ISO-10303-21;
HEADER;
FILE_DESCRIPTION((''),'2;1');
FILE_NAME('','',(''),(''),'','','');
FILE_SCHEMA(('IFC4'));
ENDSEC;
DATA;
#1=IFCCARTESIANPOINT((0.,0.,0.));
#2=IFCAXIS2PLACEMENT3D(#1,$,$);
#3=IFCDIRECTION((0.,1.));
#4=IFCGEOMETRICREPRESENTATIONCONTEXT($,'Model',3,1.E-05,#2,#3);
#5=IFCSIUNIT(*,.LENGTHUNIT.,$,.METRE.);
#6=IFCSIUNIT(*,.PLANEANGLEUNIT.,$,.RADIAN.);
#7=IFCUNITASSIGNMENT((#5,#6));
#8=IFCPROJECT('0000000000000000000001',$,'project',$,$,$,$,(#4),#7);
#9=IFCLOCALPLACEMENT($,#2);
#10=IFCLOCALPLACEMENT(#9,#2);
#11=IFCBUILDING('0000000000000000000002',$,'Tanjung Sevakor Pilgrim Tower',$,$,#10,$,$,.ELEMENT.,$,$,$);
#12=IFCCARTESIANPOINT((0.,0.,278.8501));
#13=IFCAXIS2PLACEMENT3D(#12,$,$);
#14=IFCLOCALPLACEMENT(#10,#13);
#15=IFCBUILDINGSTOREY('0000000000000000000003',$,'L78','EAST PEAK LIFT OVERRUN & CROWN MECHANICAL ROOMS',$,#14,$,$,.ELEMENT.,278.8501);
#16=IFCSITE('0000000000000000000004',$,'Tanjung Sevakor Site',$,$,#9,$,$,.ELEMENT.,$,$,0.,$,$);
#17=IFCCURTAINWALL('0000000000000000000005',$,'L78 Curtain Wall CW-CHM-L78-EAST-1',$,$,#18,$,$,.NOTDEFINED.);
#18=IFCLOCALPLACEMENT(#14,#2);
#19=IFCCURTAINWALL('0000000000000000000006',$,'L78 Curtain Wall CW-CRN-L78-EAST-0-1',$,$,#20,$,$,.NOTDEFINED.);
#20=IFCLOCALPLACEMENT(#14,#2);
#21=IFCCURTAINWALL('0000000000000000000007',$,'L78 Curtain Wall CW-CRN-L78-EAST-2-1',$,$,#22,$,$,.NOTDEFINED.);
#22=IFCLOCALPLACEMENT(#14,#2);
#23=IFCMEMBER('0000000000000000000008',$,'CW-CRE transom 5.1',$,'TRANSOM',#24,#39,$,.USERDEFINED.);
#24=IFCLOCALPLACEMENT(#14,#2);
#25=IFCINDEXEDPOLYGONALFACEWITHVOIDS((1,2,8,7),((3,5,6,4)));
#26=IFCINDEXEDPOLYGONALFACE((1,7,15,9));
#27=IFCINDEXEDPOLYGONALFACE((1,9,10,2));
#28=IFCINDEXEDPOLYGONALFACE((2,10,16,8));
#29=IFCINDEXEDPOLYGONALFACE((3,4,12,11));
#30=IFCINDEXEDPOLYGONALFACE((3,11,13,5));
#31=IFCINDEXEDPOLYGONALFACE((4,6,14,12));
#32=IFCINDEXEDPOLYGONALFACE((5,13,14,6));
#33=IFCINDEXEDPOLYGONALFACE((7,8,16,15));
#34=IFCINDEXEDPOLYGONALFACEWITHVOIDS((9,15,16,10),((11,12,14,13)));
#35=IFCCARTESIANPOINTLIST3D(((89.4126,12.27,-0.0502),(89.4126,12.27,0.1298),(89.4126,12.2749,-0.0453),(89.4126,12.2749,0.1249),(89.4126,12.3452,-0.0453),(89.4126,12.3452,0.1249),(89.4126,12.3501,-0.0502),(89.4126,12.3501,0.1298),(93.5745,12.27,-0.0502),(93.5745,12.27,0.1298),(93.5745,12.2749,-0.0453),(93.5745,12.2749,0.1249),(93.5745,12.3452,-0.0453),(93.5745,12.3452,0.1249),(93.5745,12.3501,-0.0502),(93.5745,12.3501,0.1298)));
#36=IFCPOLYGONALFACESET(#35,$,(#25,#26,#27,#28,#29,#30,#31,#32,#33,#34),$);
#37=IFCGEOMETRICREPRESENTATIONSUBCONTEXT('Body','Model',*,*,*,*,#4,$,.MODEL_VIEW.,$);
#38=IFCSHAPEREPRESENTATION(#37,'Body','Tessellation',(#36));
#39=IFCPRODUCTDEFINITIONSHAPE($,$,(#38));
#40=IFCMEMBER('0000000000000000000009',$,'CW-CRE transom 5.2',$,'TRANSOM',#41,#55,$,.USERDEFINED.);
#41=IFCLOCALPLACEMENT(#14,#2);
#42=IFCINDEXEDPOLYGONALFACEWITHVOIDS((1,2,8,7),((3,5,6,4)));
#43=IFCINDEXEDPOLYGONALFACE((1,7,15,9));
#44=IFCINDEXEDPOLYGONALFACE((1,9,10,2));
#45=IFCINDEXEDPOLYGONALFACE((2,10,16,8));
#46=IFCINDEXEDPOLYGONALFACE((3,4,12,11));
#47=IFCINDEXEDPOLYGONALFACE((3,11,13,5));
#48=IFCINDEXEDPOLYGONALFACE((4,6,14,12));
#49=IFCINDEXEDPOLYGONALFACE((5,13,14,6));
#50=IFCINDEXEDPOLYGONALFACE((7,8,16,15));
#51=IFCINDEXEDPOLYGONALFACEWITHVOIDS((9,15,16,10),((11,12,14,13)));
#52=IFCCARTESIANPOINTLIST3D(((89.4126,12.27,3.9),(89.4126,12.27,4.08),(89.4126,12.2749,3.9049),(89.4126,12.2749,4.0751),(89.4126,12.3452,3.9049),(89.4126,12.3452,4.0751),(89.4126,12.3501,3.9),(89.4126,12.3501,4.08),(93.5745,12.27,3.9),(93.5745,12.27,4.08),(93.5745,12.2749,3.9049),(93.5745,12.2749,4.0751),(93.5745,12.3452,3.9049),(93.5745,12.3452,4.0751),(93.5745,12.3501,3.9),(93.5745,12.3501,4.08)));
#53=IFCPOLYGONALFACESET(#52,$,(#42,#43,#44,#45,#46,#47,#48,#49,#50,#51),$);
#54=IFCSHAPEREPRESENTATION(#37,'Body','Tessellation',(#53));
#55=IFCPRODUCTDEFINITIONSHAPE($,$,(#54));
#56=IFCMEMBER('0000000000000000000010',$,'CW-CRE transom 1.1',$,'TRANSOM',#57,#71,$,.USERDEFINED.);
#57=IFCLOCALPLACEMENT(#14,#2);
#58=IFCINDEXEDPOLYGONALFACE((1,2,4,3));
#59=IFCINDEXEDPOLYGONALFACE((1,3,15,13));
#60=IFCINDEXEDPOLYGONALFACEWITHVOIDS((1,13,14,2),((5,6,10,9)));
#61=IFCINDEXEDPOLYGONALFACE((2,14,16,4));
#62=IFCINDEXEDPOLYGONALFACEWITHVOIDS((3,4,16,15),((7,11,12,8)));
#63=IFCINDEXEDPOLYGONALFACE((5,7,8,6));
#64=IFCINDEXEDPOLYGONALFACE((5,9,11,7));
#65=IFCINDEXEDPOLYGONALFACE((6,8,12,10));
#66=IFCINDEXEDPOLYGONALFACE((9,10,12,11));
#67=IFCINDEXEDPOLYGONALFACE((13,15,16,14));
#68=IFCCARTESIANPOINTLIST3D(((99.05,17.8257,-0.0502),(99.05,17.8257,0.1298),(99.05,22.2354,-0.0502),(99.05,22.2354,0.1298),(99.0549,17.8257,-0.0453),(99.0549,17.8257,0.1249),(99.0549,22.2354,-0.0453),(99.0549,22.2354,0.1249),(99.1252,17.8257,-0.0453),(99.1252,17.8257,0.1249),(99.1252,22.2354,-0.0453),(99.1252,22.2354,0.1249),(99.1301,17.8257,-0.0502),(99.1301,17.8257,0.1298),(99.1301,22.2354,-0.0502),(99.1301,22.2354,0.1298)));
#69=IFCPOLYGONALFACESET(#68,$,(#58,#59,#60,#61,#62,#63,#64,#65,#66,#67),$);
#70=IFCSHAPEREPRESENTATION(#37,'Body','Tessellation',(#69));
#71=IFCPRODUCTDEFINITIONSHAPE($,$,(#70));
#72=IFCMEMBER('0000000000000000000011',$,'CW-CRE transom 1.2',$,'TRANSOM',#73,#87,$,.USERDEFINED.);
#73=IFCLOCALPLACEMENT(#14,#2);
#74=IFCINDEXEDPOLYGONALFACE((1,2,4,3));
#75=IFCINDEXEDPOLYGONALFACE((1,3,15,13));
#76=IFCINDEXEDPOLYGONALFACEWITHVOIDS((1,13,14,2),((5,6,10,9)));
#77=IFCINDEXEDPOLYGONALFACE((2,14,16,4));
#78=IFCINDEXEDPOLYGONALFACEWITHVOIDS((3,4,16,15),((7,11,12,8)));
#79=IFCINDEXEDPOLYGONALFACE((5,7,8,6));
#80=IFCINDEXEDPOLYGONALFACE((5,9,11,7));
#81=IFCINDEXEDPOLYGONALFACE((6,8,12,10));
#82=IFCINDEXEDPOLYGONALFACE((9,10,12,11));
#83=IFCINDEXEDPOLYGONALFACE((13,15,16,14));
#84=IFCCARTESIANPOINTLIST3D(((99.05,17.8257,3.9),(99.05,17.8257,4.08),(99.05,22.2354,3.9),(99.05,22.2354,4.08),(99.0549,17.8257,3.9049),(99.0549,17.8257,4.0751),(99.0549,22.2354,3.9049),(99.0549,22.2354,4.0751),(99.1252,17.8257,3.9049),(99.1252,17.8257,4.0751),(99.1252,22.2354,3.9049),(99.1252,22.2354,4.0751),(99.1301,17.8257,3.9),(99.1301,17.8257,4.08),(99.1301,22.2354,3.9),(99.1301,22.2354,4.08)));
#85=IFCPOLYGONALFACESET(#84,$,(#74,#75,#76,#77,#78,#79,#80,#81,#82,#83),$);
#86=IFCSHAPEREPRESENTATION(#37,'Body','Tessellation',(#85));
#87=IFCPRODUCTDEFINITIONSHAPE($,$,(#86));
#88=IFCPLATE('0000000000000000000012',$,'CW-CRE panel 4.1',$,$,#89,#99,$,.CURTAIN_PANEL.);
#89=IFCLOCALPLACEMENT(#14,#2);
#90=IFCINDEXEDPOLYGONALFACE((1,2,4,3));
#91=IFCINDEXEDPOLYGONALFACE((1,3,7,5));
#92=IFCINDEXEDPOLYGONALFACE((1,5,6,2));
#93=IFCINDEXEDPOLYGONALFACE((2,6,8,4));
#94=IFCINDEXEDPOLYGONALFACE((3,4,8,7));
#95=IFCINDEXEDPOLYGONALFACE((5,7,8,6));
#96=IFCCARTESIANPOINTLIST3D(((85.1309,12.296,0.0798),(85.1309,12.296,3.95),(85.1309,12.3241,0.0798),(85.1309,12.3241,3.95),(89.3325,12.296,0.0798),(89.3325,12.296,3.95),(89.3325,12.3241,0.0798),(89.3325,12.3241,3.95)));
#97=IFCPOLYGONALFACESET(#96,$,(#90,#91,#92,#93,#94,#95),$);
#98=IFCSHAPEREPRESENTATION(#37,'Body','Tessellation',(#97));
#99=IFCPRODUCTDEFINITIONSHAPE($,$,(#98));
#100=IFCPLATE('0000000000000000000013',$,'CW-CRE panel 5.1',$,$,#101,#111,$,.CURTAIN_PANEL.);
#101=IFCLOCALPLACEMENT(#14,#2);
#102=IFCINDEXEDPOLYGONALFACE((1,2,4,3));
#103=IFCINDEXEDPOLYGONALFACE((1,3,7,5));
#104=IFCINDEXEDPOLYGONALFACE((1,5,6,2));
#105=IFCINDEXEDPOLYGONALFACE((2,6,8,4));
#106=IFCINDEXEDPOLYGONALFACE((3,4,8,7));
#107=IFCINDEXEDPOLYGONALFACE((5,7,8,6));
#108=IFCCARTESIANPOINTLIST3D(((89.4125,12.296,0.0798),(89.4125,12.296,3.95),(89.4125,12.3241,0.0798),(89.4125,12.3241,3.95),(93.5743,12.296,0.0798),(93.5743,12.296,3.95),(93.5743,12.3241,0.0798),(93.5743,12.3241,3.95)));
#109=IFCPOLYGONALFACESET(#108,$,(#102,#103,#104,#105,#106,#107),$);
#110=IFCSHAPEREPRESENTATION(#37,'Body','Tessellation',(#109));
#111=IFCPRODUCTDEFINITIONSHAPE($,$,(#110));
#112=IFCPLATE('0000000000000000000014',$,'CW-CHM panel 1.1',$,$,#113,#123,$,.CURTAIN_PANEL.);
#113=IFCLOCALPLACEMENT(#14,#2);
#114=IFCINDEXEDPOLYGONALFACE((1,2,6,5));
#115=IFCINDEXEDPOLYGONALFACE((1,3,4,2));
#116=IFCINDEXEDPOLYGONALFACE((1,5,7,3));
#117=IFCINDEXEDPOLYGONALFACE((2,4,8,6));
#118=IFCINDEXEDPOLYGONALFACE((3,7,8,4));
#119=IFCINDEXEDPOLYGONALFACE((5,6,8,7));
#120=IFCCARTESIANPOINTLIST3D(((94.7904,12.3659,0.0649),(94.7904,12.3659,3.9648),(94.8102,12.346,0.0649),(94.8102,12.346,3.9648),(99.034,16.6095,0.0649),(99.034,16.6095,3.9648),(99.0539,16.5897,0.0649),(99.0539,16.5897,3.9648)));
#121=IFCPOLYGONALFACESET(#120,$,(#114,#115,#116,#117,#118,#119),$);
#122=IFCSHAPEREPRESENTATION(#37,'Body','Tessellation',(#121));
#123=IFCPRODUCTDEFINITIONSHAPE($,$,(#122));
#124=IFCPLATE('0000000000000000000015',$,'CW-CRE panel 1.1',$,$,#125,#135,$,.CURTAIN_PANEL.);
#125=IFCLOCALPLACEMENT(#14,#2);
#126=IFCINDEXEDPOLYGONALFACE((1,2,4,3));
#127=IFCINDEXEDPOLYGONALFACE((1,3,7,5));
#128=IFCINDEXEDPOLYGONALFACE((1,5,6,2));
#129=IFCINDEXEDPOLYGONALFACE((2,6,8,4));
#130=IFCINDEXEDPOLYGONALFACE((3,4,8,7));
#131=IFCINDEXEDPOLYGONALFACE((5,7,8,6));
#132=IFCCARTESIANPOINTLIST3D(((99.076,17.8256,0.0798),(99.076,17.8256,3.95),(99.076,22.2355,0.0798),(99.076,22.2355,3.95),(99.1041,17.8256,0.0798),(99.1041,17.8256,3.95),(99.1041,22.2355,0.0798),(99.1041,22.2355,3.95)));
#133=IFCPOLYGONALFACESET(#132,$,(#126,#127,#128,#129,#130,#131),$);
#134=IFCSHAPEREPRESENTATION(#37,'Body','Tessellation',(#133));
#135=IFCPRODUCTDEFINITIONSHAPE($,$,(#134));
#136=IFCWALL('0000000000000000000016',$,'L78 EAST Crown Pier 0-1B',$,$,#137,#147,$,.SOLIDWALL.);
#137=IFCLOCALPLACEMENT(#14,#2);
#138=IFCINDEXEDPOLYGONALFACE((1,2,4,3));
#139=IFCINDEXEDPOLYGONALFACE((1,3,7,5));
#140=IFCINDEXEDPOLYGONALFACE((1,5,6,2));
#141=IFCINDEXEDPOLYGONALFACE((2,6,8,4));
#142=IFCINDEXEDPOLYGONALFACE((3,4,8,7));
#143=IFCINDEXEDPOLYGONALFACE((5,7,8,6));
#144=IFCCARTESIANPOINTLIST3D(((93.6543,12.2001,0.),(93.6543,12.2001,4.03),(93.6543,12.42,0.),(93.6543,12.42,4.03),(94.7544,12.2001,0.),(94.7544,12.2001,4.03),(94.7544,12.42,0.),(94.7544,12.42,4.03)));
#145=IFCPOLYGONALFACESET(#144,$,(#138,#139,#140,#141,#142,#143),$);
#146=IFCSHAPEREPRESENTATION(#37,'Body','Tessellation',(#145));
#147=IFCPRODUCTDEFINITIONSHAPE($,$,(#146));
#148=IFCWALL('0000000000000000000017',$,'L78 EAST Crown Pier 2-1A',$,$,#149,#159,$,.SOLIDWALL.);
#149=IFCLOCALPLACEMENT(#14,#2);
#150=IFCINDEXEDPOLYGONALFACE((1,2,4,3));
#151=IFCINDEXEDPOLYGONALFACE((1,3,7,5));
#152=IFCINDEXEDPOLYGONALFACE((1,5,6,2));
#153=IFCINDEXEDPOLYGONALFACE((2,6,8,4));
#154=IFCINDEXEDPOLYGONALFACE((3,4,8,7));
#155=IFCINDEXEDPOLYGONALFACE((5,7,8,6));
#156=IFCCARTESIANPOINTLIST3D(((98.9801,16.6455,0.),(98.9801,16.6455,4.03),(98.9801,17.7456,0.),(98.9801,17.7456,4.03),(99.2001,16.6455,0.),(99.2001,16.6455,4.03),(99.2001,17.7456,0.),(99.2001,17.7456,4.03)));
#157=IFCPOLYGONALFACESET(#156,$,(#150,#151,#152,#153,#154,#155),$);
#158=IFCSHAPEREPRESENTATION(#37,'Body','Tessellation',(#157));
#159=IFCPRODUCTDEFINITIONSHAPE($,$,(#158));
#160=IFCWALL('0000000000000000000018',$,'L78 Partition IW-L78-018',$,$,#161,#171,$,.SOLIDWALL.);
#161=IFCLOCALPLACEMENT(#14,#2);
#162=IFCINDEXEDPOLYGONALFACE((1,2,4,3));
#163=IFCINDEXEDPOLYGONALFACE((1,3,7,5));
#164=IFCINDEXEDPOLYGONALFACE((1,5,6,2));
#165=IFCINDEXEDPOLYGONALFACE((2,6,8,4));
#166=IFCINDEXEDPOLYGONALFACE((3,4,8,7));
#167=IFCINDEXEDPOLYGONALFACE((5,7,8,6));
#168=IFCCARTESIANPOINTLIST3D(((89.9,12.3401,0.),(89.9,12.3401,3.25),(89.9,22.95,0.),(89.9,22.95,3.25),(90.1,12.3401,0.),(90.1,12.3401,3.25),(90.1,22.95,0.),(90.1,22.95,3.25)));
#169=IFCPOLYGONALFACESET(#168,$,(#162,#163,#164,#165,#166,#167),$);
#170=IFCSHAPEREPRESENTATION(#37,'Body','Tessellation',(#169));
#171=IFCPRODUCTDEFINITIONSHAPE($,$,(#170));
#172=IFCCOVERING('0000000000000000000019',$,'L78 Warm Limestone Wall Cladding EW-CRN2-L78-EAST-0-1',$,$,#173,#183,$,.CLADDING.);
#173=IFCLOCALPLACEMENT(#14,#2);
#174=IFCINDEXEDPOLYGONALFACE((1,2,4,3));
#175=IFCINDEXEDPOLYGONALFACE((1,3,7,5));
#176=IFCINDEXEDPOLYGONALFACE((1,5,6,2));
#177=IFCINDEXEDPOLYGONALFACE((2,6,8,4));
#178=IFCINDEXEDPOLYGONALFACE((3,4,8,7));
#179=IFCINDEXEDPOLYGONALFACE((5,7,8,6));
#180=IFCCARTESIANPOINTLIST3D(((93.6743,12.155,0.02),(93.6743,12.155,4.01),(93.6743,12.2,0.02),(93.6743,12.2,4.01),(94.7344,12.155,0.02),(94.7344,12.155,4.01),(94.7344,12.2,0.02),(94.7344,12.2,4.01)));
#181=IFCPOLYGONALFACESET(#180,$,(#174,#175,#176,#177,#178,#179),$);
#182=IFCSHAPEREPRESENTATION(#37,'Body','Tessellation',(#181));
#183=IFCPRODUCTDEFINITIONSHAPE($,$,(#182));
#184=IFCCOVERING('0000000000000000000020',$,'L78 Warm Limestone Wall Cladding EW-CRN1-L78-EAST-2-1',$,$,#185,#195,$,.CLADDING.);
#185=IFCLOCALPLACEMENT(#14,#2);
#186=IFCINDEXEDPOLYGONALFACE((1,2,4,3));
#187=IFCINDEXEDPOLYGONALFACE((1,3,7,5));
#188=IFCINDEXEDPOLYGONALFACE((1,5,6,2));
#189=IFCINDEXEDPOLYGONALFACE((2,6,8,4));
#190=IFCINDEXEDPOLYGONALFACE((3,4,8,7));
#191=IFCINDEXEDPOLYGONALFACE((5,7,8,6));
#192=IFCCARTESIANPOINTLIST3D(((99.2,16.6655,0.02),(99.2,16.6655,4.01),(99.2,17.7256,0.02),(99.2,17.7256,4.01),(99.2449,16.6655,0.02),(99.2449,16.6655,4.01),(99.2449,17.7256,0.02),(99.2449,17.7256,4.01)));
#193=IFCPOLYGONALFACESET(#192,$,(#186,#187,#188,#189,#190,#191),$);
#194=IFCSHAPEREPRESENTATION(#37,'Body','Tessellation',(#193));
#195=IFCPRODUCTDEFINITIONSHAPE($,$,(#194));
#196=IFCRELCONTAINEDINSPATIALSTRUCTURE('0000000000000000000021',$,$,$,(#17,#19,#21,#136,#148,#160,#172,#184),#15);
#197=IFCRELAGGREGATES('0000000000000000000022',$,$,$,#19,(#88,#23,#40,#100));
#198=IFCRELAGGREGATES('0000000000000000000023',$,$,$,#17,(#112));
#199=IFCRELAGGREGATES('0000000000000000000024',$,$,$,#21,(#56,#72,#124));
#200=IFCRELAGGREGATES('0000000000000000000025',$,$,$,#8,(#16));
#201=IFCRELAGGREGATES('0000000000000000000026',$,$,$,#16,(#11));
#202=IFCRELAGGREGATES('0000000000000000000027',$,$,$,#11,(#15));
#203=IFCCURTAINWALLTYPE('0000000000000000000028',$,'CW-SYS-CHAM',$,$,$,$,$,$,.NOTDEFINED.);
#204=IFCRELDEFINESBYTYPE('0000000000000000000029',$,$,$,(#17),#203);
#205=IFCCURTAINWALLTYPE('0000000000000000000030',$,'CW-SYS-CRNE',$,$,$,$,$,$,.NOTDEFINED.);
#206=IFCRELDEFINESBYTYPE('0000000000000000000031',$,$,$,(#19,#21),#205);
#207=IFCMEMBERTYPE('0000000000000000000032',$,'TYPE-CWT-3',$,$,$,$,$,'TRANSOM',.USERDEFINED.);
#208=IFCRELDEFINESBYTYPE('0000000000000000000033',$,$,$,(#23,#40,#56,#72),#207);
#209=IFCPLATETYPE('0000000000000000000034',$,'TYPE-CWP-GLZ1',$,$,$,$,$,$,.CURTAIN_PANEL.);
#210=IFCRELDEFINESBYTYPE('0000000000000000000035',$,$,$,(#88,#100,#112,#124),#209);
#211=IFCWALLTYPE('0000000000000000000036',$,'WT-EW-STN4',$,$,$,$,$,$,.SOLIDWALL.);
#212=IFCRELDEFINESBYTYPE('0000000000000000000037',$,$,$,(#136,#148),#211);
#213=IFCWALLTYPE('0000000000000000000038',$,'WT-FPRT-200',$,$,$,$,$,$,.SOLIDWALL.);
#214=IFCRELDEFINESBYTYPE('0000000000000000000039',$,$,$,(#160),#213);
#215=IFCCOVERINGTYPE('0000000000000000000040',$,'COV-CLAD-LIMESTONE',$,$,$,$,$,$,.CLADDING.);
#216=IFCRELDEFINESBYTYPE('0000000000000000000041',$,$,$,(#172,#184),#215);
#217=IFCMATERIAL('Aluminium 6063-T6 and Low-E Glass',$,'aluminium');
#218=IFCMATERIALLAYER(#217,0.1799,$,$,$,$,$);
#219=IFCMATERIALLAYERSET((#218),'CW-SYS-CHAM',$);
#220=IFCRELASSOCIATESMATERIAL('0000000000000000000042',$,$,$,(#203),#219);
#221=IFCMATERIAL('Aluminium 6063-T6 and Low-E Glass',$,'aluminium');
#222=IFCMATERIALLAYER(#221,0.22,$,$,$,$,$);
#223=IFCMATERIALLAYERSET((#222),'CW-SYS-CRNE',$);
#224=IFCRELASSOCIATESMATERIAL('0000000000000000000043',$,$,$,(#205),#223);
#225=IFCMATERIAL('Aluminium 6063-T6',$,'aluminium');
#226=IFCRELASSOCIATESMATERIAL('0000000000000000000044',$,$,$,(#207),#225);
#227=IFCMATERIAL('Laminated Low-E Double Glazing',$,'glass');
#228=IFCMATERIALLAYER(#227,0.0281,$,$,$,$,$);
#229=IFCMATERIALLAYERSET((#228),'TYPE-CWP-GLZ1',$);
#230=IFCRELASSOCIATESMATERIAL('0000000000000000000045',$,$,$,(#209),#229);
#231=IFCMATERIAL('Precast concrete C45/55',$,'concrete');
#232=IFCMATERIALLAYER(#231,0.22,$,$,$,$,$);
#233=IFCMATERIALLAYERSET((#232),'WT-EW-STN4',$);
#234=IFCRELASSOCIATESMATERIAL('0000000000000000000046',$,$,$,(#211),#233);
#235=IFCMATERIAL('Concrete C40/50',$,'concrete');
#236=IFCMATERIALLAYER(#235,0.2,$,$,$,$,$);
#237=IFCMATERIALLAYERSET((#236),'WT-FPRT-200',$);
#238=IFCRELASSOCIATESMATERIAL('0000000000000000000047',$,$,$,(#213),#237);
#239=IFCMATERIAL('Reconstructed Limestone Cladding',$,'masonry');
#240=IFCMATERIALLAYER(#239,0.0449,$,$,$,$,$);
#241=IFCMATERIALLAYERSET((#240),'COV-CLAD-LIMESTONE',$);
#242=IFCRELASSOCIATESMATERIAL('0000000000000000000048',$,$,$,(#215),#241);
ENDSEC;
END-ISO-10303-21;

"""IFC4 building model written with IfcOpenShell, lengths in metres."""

from ifc_helpers import new_model, si_unit, direction, frame, frame_2d, origin, origin_2d, place, context, subcontext, project, spatial, rectangle, hollow_rectangle, extrude, material, layer, layer_set, material_profile, profile_set, type_object, element, aggregate, save


model = new_model("IFC4")

# Units and contexts
model_context = context("Model", 3, precision=1e-05, world=origin(), true_north=direction((0.0, 1.0)))
body_context = subcontext(model_context, "Body", "Model", "MODEL_VIEW")
ifc_project = project(units=[si_unit("LENGTHUNIT", "METRE"), si_unit("PLANEANGLEUNIT", "RADIAN")], contexts=[model_context])

# Site, building, storey
site_placement = place(None, origin())
site = spatial("IfcSite", under=ifc_project, at=site_placement, Name="Tanjung Sevakor Site", CompositionType="ELEMENT", RefElevation=0.0)
building_placement = place(site_placement, origin())
building = spatial("IfcBuilding", under=site, at=building_placement, Name="Tanjung Sevakor Pilgrim Tower", CompositionType="ELEMENT")
storey_placement = place(building_placement, frame((0.0, 0.0, 278.8501)))
storey = spatial("IfcBuildingStorey", under=building, at=storey_placement, Name="L78", Description="EAST PEAK LIFT OVERRUN & CROWN MECHANICAL ROOMS", CompositionType="ELEMENT", Elevation=278.8501)

# Curtain walls
ifc_material_1 = material(Name="Aluminium 6063-T6 and Low-E Glass", Category="aluminium")
ifc_layer_1 = layer(ifc_material_1, 0.1799)
ifc_layer_set_1 = layer_set([ifc_layer_1], Name="CW-SYS-CHAM")
curtain_wall_type_1 = type_object("IfcCurtainWallType", Name="CW-SYS-CHAM", PredefinedType="NOTDEFINED", material=ifc_layer_set_1)
curtain_wall_1_placement = place(storey_placement, origin())
curtain_wall_1 = element("IfcCurtainWall", 1, at=curtain_wall_1_placement, inside=storey, type_object=curtain_wall_type_1, Name="L78 Curtain Wall CW-CHM-L78-EAST-1", PredefinedType="NOTDEFINED")
ifc_material_2 = material(Name="Aluminium 6063-T6 and Low-E Glass", Category="aluminium")
ifc_layer_2 = layer(ifc_material_2, 0.22)
ifc_layer_set_2 = layer_set([ifc_layer_2], Name="CW-SYS-CRNE")
curtain_wall_type_2 = type_object("IfcCurtainWallType", Name="CW-SYS-CRNE", PredefinedType="NOTDEFINED", material=ifc_layer_set_2)
curtain_wall_2_placement = place(storey_placement, origin())
curtain_wall_2 = element("IfcCurtainWall", 2, at=curtain_wall_2_placement, inside=storey, type_object=curtain_wall_type_2, Name="L78 Curtain Wall CW-CRN-L78-EAST-0-1", PredefinedType="NOTDEFINED")

# Curtain wall
curtain_wall_3_placement = place(storey_placement, origin())
curtain_wall_3 = element("IfcCurtainWall", 3, at=curtain_wall_3_placement, inside=storey, type_object=curtain_wall_type_2, Name="L78 Curtain Wall CW-CRN-L78-EAST-2-1", PredefinedType="NOTDEFINED")

# Members
ifc_material_3 = material(Name="Aluminium 6063-T6", Category="aluminium")
ifc_material_profile_1 = material_profile(ifc_material_3, hollow_rectangle(XDim=0.0801, YDim=0.1799, WallThickness=0.0049, at=origin_2d()))
ifc_profile_set_1 = profile_set([ifc_material_profile_1], Name="Aluminium 6063-T6")
member_type_1 = type_object("IfcMemberType", Name="TYPE-CWT-3", ElementType="TRANSOM", PredefinedType="USERDEFINED", material=ifc_profile_set_1)
member_1_placement = place(storey_placement, frame((89.4126, 12.3101, 0.0398), z_axis=(1.0, 0.0, 0.0), x_axis=(0.0, 1.0, 0.0)))
member_1 = element("IfcMember", 4, at=member_1_placement, type_object=member_type_1, Name="CW-CRE transom 5.1", ObjectType="TRANSOM", PredefinedType="USERDEFINED", context=body_context, shape_type="SweptSolid", body=[
    extrude(hollow_rectangle(XDim=0.0801, YDim=0.1799, WallThickness=0.0049, at=origin_2d()), origin(), (0.0, 0.0, 1.0), 4.1619),
])
member_2_placement = place(storey_placement, frame((89.4126, 12.3101, 3.99), z_axis=(1.0, 0.0, 0.0), x_axis=(0.0, 1.0, 0.0)))
member_2 = element("IfcMember", 5, at=member_2_placement, type_object=member_type_1, Name="CW-CRE transom 5.2", ObjectType="TRANSOM", PredefinedType="USERDEFINED", context=body_context, shape_type="SweptSolid", body=[
    extrude(hollow_rectangle(XDim=0.0801, YDim=0.1799, WallThickness=0.0049, at=origin_2d()), origin(), (0.0, 0.0, 1.0), 4.1619),
])
member_3_placement = place(storey_placement, frame((99.0901, 17.8257, 0.0398), z_axis=(0.0, 1.0, 0.0), x_axis=(-1.0, 0.0, 0.0)))
member_3 = element("IfcMember", 6, at=member_3_placement, type_object=member_type_1, Name="CW-CRE transom 1.1", ObjectType="TRANSOM", PredefinedType="USERDEFINED", context=body_context, shape_type="SweptSolid", body=[
    extrude(hollow_rectangle(XDim=0.0801, YDim=0.1799, WallThickness=0.0049, at=origin_2d()), origin(), (0.0, 0.0, 1.0), 4.4097),
])
member_4_placement = place(storey_placement, frame((99.0901, 17.8257, 3.99), z_axis=(0.0, 1.0, 0.0), x_axis=(-1.0, 0.0, 0.0)))
member_4 = element("IfcMember", 7, at=member_4_placement, type_object=member_type_1, Name="CW-CRE transom 1.2", ObjectType="TRANSOM", PredefinedType="USERDEFINED", context=body_context, shape_type="SweptSolid", body=[
    extrude(hollow_rectangle(XDim=0.0801, YDim=0.1799, WallThickness=0.0049, at=origin_2d()), origin(), (0.0, 0.0, 1.0), 4.4097),
])

# Plates
ifc_material_4 = material(Name="Laminated Low-E Double Glazing", Category="glass")
ifc_layer_3 = layer(ifc_material_4, 0.0281)
ifc_layer_set_3 = layer_set([ifc_layer_3], Name="TYPE-CWP-GLZ1")
plate_type = type_object("IfcPlateType", Name="TYPE-CWP-GLZ1", PredefinedType="CURTAIN_PANEL", material=ifc_layer_set_3)
plate_1_placement = place(storey_placement, frame((87.2317, 12.3101, 0.0798), z_axis=(0.0, 0.0, 1.0), x_axis=(1.0, 0.0, 0.0)))
plate_1 = element("IfcPlate", 8, at=plate_1_placement, type_object=plate_type, Name="CW-CRE panel 4.1", PredefinedType="CURTAIN_PANEL", context=body_context, shape_type="SweptSolid", body=[
    extrude(rectangle(XDim=4.2017, YDim=0.0281, at=origin_2d()), origin(), (0.0, 0.0, 1.0), 3.8701),
])
plate_2_placement = place(storey_placement, frame((91.4934, 12.3101, 0.0798), z_axis=(0.0, 0.0, 1.0), x_axis=(1.0, 0.0, 0.0)))
plate_2 = element("IfcPlate", 9, at=plate_2_placement, type_object=plate_type, Name="CW-CRE panel 5.1", PredefinedType="CURTAIN_PANEL", context=body_context, shape_type="SweptSolid", body=[
    extrude(rectangle(XDim=4.1619, YDim=0.0281, at=origin_2d()), origin(), (0.0, 0.0, 1.0), 3.8701),
])
aggregate(curtain_wall_2, [plate_1, member_1, member_2, plate_2])
plate_3_placement = place(storey_placement, frame((96.9221, 14.4778, 0.0649), z_axis=(0.0, 0.0, 1.0), x_axis=(0.707107, 0.707107, 0.0)))
plate_3 = element("IfcPlate", 10, at=plate_3_placement, type_object=plate_type, Name="CW-CHM panel 1.1", PredefinedType="CURTAIN_PANEL", context=body_context, shape_type="SweptSolid", body=[
    extrude(rectangle(XDim=6.0015, YDim=0.0281, at=origin_2d()), origin(), (0.0, 0.0, 1.0), 3.8999),
])
aggregate(curtain_wall_1, [plate_3])
plate_4_placement = place(storey_placement, frame((99.0901, 20.0305, 0.0798), z_axis=(0.0, 0.0, 1.0), x_axis=(0.0, 1.0, 0.0)))
plate_4 = element("IfcPlate", 11, at=plate_4_placement, type_object=plate_type, Name="CW-CRE panel 1.1", PredefinedType="CURTAIN_PANEL", context=body_context, shape_type="SweptSolid", body=[
    extrude(rectangle(XDim=4.4099, YDim=0.0281, at=origin_2d()), origin(), (0.0, 0.0, 1.0), 3.8701),
])
aggregate(curtain_wall_3, [member_3, member_4, plate_4])

# Walls
ifc_material_5 = material(Name="Precast concrete C45/55", Category="concrete")
ifc_layer_4 = layer(ifc_material_5, 0.22)
ifc_layer_set_4 = layer_set([ifc_layer_4], Name="WT-EW-STN4")
wall_type_1 = type_object("IfcWallType", Name="WT-EW-STN4", PredefinedType="SOLIDWALL", material=ifc_layer_set_4)
for number, where, z_axis, x_axis, name in (
    (12, (93.6543, 12.3101, 0.0), (0.0, 0.0, 1.0), (1.0, 0.0, 0.0), "L78 EAST Crown Pier 0-1B"),
    (13, (99.0901, 16.6455, 0.0), (0.0, 0.0, 1.0), (0.0, 1.0, 0.0), "L78 EAST Crown Pier 2-1A"),
):
    element("IfcWall", number, at=place(storey_placement, frame(where, z_axis=z_axis, x_axis=x_axis)), inside=storey, type_object=wall_type_1, Name=name, PredefinedType="SOLIDWALL", context=body_context, shape_type="SweptSolid", body=[
        extrude(rectangle(XDim=1.1001, YDim=0.22, at=frame_2d((0.55, 0.0))), origin(), (0.0, 0.0, 1.0), 4.03),
    ])
ifc_material_6 = material(Name="Concrete C40/50", Category="concrete")
ifc_layer_5 = layer(ifc_material_6, 0.2)
ifc_layer_set_5 = layer_set([ifc_layer_5], Name="WT-FPRT-200")
wall_type_2 = type_object("IfcWallType", Name="WT-FPRT-200", PredefinedType="SOLIDWALL", material=ifc_layer_set_5)
wall_placement = place(storey_placement, frame((90.0, 12.3401, 0.0), z_axis=(0.0, 0.0, 1.0), x_axis=(0.0, 1.0, 0.0)))
element("IfcWall", 14, at=wall_placement, inside=storey, type_object=wall_type_2, Name="L78 Partition IW-L78-018", PredefinedType="SOLIDWALL", context=body_context, shape_type="SweptSolid", body=[
    extrude(rectangle(XDim=10.6099, YDim=0.2, at=frame_2d((5.3049, 0.0))), origin(), (0.0, 0.0, 1.0), 3.25),
])

# Coverings
ifc_material_7 = material(Name="Reconstructed Limestone Cladding", Category="masonry")
ifc_layer_6 = layer(ifc_material_7, 0.0449)
ifc_layer_set_6 = layer_set([ifc_layer_6], Name="COV-CLAD-LIMESTONE")
covering_type = type_object("IfcCoveringType", Name="COV-CLAD-LIMESTONE", PredefinedType="CLADDING", material=ifc_layer_set_6)
for number, where, z_axis, x_axis, name in (
    (15, (94.2043, 12.1775, 0.02), (0.0, 0.0, 1.0), (1.0, 0.0, 0.0), "L78 Warm Limestone Wall Cladding EW-CRN2-L78-EAST-0-1"),
    (16, (99.2224, 17.1956, 0.02), (0.0, 0.0, 1.0), (0.0, 1.0, 0.0), "L78 Warm Limestone Wall Cladding EW-CRN1-L78-EAST-2-1"),
):
    element("IfcCovering", number, at=place(storey_placement, frame(where, z_axis=z_axis, x_axis=x_axis)), inside=storey, type_object=covering_type, Name=name, PredefinedType="CLADDING", context=body_context, shape_type="SweptSolid", body=[
        extrude(rectangle(XDim=1.0601, YDim=0.0449, at=origin_2d()), origin(), (0.0, 0.0, 1.0), 3.99),
    ])

save(model, "model.ifc")
